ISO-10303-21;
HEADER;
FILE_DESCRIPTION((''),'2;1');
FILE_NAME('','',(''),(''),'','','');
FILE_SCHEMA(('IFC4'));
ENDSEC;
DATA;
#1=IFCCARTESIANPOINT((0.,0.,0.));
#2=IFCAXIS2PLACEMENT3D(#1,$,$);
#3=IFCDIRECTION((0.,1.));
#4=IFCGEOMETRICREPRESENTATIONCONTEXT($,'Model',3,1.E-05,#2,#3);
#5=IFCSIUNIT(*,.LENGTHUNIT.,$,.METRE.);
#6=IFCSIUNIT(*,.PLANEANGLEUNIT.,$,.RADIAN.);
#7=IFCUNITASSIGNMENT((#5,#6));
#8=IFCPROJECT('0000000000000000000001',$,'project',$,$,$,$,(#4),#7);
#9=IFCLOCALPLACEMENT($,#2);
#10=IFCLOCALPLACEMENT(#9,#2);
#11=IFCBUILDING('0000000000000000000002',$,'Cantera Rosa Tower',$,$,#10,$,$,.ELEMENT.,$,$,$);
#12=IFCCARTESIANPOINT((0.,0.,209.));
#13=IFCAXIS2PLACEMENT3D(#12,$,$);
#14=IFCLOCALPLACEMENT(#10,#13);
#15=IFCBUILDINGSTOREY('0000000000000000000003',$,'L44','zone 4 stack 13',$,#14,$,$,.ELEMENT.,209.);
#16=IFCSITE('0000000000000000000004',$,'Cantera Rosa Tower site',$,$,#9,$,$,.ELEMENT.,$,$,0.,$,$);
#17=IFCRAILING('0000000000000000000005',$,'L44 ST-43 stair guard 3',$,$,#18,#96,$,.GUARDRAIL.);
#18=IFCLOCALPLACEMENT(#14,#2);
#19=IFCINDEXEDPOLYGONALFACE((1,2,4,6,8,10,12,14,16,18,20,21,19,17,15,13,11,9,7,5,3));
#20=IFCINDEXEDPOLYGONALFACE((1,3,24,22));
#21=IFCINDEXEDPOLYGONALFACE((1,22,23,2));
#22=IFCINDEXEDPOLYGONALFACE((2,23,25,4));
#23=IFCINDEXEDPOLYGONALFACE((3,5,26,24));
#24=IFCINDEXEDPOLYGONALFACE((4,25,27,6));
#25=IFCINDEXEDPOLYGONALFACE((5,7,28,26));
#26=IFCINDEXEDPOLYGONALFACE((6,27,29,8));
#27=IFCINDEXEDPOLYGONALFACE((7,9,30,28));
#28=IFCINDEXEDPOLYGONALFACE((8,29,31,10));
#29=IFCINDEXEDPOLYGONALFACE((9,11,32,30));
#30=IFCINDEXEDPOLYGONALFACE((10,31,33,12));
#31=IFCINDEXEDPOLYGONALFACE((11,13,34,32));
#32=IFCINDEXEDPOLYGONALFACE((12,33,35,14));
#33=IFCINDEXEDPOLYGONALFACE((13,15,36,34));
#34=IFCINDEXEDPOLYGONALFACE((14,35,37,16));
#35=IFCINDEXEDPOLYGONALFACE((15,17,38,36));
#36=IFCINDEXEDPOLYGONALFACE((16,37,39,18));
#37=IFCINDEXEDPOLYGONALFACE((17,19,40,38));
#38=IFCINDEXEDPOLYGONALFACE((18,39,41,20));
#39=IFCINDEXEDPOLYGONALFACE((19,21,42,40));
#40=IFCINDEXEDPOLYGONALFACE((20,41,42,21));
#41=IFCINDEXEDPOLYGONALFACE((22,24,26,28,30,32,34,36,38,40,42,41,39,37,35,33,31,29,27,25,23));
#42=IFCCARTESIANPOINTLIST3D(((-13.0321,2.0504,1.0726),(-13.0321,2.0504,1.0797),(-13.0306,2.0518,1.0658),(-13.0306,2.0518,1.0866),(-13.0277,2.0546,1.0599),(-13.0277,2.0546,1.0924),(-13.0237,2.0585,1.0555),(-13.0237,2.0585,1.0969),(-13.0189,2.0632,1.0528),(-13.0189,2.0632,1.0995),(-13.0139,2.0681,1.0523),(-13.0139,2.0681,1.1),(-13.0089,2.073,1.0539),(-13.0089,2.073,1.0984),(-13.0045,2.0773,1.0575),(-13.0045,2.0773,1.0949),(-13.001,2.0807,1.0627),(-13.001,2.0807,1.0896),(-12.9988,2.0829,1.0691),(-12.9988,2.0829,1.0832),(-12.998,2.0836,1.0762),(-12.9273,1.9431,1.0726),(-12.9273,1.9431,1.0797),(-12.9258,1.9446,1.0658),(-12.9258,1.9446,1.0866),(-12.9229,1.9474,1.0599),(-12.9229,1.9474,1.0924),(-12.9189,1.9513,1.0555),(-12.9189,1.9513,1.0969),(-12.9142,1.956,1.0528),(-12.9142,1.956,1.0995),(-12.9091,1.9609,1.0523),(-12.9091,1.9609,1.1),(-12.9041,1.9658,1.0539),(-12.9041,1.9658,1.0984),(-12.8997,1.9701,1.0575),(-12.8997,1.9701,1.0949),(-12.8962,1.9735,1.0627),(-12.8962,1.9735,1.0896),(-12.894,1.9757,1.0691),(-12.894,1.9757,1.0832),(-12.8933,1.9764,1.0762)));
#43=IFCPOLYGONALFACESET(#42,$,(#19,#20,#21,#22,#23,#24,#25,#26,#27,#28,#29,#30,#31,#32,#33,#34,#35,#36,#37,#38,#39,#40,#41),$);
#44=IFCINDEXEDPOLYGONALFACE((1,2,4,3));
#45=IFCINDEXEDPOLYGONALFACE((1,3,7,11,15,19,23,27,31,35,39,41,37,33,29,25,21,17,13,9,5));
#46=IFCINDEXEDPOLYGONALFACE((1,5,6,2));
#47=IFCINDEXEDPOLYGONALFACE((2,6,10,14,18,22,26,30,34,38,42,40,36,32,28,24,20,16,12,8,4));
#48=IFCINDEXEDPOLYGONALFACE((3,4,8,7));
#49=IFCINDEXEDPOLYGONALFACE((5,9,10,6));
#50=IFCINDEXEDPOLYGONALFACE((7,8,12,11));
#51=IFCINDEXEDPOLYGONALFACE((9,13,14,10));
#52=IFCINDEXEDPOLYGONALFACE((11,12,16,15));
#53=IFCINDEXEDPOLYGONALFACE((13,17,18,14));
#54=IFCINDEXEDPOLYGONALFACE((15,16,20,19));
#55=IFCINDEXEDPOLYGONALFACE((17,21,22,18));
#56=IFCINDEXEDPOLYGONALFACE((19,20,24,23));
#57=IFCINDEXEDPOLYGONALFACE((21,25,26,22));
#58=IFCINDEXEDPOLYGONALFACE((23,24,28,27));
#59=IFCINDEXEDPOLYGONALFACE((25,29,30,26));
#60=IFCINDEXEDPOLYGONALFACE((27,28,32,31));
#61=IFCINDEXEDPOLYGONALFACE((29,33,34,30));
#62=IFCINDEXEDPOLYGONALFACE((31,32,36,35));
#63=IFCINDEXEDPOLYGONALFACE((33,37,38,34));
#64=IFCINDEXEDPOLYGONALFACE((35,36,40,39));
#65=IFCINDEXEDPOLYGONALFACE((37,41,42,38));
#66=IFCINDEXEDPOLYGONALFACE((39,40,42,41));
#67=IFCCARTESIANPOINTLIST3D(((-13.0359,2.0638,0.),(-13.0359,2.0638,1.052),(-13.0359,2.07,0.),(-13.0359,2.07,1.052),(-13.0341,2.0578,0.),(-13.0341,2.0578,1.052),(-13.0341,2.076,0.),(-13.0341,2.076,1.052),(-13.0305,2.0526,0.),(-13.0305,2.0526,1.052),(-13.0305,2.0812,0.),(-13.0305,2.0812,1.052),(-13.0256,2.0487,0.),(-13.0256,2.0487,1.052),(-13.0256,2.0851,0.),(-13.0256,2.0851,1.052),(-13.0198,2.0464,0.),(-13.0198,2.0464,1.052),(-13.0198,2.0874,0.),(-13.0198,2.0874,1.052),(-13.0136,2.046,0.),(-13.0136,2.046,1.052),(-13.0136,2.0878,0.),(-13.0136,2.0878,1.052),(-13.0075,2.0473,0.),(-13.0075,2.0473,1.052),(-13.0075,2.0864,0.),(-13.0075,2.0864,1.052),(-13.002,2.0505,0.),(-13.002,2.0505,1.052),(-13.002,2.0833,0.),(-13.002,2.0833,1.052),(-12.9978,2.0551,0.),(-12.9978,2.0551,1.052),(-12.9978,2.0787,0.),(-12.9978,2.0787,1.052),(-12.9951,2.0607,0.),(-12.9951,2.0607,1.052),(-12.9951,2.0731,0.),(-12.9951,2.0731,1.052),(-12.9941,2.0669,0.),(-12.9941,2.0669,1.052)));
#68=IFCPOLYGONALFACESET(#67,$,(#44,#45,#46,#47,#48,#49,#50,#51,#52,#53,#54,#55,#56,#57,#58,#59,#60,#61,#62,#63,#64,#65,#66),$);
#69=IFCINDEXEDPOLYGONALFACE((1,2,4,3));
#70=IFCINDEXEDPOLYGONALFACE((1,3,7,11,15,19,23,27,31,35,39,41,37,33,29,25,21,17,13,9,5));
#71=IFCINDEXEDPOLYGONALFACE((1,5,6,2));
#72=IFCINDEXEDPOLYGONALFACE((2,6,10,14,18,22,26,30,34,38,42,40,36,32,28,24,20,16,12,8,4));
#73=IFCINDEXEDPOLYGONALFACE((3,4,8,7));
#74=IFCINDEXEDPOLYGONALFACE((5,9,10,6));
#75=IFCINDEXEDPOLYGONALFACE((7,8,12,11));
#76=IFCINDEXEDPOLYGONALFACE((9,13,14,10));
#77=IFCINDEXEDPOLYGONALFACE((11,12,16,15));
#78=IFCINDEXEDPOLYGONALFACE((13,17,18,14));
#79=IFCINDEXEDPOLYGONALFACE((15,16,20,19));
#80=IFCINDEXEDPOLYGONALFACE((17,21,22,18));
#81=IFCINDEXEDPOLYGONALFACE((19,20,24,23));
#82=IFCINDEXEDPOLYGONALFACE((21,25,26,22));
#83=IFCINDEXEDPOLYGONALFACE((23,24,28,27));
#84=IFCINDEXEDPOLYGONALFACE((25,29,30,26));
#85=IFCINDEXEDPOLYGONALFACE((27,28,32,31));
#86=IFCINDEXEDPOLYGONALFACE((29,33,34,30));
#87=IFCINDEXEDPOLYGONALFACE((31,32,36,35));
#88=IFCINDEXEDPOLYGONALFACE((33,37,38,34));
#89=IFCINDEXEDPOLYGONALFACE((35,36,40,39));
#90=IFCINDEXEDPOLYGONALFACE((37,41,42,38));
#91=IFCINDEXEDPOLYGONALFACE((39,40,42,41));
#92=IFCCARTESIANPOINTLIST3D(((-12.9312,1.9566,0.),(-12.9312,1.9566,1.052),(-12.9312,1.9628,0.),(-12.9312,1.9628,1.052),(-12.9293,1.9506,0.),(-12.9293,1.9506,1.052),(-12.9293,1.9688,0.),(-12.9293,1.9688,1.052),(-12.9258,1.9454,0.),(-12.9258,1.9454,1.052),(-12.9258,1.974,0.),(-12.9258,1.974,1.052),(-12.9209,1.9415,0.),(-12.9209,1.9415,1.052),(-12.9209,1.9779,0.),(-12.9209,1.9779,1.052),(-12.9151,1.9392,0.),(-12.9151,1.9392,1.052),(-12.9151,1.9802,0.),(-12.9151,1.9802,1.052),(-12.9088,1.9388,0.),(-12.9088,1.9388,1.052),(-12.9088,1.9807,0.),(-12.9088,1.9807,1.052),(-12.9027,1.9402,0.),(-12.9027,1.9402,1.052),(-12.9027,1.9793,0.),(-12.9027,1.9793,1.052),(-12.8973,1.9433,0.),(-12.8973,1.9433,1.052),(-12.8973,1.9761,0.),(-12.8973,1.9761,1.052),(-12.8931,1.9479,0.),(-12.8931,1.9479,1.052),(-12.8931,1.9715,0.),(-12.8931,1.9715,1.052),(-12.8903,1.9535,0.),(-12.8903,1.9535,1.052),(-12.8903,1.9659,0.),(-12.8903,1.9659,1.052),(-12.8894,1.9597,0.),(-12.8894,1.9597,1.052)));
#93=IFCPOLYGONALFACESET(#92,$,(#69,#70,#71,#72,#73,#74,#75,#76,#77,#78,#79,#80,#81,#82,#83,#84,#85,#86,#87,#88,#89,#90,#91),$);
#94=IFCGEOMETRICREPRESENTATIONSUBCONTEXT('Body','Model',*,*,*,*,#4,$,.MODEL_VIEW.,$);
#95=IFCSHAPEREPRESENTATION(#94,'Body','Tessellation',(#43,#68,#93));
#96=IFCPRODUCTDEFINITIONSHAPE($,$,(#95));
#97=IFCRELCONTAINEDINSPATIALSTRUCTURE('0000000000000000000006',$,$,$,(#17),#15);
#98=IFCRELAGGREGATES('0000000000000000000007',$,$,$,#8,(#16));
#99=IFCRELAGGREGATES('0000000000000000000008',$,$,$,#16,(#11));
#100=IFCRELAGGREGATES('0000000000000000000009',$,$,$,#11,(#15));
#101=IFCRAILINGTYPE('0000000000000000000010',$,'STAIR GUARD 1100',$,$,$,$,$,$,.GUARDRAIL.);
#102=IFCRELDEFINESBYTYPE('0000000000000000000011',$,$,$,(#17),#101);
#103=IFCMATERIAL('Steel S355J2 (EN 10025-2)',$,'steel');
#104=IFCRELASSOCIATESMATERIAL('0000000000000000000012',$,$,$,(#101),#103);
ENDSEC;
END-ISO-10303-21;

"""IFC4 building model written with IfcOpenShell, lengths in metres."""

from ifc_helpers import new_model, si_unit, direction, frame, origin, origin_2d, place, context, subcontext, project, spatial, circle, extrude, material, type_object, element, save


model = new_model("IFC4")

# Units and contexts
model_context = context("Model", 3, precision=1e-05, world=origin(), true_north=direction((0.0, 1.0)))
body_context = subcontext(model_context, "Body", "Model", "MODEL_VIEW")
ifc_project = project(units=[si_unit("LENGTHUNIT", "METRE"), si_unit("PLANEANGLEUNIT", "RADIAN")], contexts=[model_context])

# Site, building, storey
site_placement = place(None, origin())
site = spatial("IfcSite", under=ifc_project, at=site_placement, Name="Cantera Rosa Tower site", CompositionType="ELEMENT", RefElevation=0.0)
building_placement = place(site_placement, origin())
building = spatial("IfcBuilding", under=site, at=building_placement, Name="Cantera Rosa Tower", CompositionType="ELEMENT")
storey_placement = place(building_placement, frame((0.0, 0.0, 209.0)))
storey = spatial("IfcBuildingStorey", under=building, at=storey_placement, Name="L44", Description="zone 4 stack 13", CompositionType="ELEMENT", Elevation=209.0)

# Railing
ifc_material_1 = material(Name="Steel S355J2 (EN 10025-2)", Category="steel")
railing_type_1 = type_object("IfcRailingType", Name="STAIR GUARD 1100", PredefinedType="GUARDRAIL", material=ifc_material_1)
railing_1_placement = place(storey_placement, frame((-13.0151, 2.0669, 0.0)))
element("IfcRailing", 1, at=railing_1_placement, inside=storey, type_object=railing_type_1, Name="L44 ST-43 stair guard 3", PredefinedType="GUARDRAIL", context=body_context, shape_type="SweptSolid", body=[
    extrude(circle(Radius=0.0239, at=origin_2d()), frame((0.0, 0.0, 1.0762), z_axis=(0.698914, -0.715206, 0.0), x_axis=(0.715206, 0.698914, 0.0)), (0.0, 0.0, 1.0), 0.1499),
    extrude(circle(Radius=0.021, at=origin_2d()), origin(), (0.0, 0.0, 1.0), 1.052),
    extrude(circle(Radius=0.021, at=origin_2d()), frame((0.1047, -0.1072, 0.0)), (0.0, 0.0, 1.0), 1.052),
])

save(model, "model.ifc")
